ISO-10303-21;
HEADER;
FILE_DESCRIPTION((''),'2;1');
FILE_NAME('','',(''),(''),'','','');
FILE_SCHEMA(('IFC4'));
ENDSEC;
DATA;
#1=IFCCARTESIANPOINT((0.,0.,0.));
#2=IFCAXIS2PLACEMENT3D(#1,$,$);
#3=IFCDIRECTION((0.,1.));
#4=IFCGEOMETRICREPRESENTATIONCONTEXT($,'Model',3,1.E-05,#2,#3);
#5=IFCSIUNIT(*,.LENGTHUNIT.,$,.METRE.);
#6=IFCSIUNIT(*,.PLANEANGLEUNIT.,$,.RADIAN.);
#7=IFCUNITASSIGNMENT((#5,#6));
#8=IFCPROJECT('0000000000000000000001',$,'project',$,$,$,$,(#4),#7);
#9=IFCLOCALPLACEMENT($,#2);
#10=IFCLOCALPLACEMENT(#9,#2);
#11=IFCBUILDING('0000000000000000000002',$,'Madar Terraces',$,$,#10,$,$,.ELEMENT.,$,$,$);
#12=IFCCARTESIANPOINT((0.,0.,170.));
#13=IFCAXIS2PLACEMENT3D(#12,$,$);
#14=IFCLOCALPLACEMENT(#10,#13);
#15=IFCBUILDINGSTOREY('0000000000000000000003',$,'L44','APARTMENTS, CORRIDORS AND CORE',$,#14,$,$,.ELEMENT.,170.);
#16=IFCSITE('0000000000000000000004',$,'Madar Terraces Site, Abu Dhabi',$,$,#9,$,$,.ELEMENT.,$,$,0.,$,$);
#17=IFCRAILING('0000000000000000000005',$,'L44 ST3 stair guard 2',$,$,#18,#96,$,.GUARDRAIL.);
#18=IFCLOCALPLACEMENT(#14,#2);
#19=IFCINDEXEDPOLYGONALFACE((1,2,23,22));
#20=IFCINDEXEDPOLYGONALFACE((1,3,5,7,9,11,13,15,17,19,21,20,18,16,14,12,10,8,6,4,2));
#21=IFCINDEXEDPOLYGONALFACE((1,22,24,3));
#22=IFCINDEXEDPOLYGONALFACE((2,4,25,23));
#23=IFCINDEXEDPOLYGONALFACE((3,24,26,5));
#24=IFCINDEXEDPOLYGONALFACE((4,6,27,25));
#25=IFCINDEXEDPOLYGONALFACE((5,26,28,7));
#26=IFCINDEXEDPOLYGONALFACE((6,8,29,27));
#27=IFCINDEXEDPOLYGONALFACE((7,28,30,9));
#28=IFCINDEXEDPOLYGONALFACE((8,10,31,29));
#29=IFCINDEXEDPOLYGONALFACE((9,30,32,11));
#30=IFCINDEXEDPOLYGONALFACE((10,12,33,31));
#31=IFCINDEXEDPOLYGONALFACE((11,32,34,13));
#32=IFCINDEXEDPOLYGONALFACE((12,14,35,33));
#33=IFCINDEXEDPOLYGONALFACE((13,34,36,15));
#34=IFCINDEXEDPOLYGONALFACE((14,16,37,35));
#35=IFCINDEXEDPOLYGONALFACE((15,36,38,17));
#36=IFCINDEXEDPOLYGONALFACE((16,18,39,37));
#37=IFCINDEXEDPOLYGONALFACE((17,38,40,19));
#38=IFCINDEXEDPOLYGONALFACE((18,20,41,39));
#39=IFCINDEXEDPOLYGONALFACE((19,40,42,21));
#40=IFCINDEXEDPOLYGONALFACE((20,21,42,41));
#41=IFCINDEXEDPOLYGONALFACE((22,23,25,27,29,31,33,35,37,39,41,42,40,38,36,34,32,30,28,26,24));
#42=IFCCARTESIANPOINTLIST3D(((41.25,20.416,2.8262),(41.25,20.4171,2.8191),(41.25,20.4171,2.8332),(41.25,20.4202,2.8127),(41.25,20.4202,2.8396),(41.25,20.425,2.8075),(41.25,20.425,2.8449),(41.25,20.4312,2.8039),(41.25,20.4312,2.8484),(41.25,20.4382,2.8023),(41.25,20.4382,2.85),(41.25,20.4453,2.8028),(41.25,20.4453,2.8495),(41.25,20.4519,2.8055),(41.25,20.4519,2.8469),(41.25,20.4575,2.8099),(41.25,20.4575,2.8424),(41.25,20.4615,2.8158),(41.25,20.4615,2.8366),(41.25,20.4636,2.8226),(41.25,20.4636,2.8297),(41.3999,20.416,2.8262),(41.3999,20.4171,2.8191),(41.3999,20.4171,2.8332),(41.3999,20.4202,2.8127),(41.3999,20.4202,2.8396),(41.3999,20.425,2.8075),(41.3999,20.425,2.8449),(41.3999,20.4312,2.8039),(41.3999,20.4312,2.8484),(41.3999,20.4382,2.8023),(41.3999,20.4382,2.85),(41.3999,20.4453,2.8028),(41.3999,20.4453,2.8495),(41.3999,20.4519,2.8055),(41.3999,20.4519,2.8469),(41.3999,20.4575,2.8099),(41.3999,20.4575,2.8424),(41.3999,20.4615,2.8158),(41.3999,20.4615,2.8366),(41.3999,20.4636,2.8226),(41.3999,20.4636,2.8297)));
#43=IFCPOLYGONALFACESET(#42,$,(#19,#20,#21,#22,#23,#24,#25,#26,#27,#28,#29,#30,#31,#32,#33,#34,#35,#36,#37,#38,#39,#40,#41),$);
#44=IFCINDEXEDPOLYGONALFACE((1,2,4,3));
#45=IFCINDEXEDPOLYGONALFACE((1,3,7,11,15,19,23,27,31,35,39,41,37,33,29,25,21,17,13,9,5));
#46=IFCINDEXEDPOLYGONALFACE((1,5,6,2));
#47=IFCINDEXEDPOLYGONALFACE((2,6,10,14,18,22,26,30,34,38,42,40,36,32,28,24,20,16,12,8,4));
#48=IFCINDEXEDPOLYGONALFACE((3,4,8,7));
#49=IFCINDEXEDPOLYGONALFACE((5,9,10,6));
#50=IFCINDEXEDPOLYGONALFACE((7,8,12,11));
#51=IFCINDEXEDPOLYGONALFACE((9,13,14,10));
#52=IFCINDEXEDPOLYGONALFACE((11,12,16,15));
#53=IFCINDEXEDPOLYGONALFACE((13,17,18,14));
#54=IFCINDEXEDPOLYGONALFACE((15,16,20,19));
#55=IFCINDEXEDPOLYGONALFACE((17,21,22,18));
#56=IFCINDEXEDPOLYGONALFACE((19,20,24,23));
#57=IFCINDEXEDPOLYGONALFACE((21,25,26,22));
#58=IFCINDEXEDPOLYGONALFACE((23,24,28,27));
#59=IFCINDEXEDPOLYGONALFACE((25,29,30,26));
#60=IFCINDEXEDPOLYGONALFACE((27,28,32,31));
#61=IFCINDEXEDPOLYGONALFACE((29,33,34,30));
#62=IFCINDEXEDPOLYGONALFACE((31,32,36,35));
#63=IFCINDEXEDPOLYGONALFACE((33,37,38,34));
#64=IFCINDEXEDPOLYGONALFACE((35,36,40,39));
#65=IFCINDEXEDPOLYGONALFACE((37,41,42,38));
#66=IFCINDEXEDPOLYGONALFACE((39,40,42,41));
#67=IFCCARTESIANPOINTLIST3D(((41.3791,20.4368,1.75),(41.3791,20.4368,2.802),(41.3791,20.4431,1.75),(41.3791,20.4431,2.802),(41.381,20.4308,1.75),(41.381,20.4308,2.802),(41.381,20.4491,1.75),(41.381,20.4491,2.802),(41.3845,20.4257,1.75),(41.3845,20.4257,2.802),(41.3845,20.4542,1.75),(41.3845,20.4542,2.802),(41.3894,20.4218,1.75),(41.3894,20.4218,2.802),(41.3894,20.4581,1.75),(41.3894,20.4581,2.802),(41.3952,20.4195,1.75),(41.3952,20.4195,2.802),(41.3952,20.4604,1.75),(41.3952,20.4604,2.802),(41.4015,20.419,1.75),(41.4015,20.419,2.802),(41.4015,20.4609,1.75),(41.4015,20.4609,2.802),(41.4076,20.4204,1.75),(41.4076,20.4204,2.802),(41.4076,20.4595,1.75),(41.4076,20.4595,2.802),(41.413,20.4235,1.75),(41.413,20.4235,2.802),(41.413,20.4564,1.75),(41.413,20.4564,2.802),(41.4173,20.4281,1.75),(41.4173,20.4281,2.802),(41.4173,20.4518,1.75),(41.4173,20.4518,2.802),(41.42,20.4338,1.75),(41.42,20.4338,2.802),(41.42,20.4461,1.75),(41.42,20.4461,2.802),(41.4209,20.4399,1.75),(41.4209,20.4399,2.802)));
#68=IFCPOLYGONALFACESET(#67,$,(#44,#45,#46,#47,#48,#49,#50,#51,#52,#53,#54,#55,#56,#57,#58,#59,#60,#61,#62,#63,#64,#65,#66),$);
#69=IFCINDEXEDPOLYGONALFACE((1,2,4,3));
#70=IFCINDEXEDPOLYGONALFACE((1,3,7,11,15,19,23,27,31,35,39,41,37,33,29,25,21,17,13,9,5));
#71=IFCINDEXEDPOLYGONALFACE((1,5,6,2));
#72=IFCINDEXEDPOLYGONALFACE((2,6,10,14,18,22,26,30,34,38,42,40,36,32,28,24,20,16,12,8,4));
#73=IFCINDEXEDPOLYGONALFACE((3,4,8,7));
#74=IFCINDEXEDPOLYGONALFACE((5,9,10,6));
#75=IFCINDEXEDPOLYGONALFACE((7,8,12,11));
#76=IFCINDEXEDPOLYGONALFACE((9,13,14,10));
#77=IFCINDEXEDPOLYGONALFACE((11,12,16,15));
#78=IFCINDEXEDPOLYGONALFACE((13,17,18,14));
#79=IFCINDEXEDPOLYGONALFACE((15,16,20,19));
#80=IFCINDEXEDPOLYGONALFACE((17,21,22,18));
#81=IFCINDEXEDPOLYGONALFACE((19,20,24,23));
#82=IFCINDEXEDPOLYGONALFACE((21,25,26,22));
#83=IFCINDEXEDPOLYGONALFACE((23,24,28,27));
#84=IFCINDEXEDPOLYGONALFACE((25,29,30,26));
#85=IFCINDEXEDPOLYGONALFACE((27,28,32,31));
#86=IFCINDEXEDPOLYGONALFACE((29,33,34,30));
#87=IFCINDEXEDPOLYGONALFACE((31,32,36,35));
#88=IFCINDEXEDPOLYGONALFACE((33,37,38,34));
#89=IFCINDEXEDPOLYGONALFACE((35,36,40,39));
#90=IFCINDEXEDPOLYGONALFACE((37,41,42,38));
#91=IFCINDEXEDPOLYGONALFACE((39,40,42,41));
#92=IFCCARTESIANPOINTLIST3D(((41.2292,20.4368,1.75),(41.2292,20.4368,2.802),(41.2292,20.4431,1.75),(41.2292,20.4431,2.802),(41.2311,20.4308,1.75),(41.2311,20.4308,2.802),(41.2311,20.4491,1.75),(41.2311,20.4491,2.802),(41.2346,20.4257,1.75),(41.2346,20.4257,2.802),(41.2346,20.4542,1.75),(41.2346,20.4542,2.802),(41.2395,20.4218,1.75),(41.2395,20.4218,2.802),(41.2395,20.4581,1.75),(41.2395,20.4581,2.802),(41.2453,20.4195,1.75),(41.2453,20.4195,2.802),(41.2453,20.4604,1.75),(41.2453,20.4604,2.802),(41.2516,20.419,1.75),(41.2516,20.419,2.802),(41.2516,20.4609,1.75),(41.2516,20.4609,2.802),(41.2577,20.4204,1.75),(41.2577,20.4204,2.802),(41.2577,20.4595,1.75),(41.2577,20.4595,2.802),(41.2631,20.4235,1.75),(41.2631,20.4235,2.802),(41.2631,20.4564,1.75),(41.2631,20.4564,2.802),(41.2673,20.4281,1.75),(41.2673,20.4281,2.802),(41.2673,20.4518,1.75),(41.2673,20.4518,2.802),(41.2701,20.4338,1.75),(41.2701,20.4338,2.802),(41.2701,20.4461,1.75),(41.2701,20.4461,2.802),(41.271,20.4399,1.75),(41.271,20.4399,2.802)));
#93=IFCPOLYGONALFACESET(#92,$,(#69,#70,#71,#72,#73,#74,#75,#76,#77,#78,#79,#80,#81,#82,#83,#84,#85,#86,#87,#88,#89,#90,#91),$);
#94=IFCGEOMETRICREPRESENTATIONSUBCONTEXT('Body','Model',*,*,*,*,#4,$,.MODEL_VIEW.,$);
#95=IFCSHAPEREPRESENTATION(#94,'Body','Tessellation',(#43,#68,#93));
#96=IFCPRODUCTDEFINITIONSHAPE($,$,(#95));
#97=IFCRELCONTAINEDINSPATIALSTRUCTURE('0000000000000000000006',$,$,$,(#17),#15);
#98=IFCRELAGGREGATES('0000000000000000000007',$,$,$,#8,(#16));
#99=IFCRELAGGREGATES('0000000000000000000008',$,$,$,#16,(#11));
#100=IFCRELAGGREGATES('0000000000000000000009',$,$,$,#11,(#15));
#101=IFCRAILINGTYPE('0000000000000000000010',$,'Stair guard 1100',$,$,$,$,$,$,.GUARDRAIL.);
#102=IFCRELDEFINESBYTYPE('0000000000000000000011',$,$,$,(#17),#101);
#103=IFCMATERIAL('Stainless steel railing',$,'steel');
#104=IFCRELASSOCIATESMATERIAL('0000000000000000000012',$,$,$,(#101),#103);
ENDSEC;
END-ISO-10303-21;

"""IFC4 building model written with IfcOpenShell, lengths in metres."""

from ifc_helpers import new_model, si_unit, direction, frame, origin, origin_2d, place, context, subcontext, project, spatial, circle, extrude, material, type_object, element, save


model = new_model("IFC4")

# Units and contexts
model_context = context("Model", 3, precision=1e-05, world=origin(), true_north=direction((0.0, 1.0)))
body_context = subcontext(model_context, "Body", "Model", "MODEL_VIEW")
ifc_project = project(units=[si_unit("LENGTHUNIT", "METRE"), si_unit("PLANEANGLEUNIT", "RADIAN")], contexts=[model_context])

# Site, building, storey
site_placement = place(None, origin())
site = spatial("IfcSite", under=ifc_project, at=site_placement, Name="Madar Terraces Site, Abu Dhabi", CompositionType="ELEMENT", RefElevation=0.0)
building_placement = place(site_placement, origin())
building = spatial("IfcBuilding", under=site, at=building_placement, Name="Madar Terraces", CompositionType="ELEMENT")
storey_placement = place(building_placement, frame((0.0, 0.0, 170.0)))
storey = spatial("IfcBuildingStorey", under=building, at=storey_placement, Name="L44", Description="APARTMENTS, CORRIDORS AND CORE", CompositionType="ELEMENT", Elevation=170.0)

# Railing
ifc_material_1 = material(Name="Stainless steel railing", Category="steel")
railing_type_1 = type_object("IfcRailingType", Name="Stair guard 1100", PredefinedType="GUARDRAIL", material=ifc_material_1)
railing_1_placement = place(storey_placement, frame((41.3999, 20.4399, 1.75)))
element("IfcRailing", 1, at=railing_1_placement, inside=storey, type_object=railing_type_1, Name="L44 ST3 stair guard 2", PredefinedType="GUARDRAIL", context=body_context, shape_type="SweptSolid", body=[
    extrude(circle(Radius=0.0239, at=origin_2d()), frame((0.0, 0.0, 1.0762), z_axis=(-1.0, 0.0, 0.0), x_axis=(0.0, -1.0, 0.0)), (0.0, 0.0, 1.0), 0.1499),
    extrude(circle(Radius=0.021, at=origin_2d()), origin(), (0.0, 0.0, 1.0), 1.052),
    extrude(circle(Radius=0.021, at=origin_2d()), frame((-0.1499, 0.0, 0.0)), (0.0, 0.0, 1.0), 1.052),
])

save(model, "model.ifc")
